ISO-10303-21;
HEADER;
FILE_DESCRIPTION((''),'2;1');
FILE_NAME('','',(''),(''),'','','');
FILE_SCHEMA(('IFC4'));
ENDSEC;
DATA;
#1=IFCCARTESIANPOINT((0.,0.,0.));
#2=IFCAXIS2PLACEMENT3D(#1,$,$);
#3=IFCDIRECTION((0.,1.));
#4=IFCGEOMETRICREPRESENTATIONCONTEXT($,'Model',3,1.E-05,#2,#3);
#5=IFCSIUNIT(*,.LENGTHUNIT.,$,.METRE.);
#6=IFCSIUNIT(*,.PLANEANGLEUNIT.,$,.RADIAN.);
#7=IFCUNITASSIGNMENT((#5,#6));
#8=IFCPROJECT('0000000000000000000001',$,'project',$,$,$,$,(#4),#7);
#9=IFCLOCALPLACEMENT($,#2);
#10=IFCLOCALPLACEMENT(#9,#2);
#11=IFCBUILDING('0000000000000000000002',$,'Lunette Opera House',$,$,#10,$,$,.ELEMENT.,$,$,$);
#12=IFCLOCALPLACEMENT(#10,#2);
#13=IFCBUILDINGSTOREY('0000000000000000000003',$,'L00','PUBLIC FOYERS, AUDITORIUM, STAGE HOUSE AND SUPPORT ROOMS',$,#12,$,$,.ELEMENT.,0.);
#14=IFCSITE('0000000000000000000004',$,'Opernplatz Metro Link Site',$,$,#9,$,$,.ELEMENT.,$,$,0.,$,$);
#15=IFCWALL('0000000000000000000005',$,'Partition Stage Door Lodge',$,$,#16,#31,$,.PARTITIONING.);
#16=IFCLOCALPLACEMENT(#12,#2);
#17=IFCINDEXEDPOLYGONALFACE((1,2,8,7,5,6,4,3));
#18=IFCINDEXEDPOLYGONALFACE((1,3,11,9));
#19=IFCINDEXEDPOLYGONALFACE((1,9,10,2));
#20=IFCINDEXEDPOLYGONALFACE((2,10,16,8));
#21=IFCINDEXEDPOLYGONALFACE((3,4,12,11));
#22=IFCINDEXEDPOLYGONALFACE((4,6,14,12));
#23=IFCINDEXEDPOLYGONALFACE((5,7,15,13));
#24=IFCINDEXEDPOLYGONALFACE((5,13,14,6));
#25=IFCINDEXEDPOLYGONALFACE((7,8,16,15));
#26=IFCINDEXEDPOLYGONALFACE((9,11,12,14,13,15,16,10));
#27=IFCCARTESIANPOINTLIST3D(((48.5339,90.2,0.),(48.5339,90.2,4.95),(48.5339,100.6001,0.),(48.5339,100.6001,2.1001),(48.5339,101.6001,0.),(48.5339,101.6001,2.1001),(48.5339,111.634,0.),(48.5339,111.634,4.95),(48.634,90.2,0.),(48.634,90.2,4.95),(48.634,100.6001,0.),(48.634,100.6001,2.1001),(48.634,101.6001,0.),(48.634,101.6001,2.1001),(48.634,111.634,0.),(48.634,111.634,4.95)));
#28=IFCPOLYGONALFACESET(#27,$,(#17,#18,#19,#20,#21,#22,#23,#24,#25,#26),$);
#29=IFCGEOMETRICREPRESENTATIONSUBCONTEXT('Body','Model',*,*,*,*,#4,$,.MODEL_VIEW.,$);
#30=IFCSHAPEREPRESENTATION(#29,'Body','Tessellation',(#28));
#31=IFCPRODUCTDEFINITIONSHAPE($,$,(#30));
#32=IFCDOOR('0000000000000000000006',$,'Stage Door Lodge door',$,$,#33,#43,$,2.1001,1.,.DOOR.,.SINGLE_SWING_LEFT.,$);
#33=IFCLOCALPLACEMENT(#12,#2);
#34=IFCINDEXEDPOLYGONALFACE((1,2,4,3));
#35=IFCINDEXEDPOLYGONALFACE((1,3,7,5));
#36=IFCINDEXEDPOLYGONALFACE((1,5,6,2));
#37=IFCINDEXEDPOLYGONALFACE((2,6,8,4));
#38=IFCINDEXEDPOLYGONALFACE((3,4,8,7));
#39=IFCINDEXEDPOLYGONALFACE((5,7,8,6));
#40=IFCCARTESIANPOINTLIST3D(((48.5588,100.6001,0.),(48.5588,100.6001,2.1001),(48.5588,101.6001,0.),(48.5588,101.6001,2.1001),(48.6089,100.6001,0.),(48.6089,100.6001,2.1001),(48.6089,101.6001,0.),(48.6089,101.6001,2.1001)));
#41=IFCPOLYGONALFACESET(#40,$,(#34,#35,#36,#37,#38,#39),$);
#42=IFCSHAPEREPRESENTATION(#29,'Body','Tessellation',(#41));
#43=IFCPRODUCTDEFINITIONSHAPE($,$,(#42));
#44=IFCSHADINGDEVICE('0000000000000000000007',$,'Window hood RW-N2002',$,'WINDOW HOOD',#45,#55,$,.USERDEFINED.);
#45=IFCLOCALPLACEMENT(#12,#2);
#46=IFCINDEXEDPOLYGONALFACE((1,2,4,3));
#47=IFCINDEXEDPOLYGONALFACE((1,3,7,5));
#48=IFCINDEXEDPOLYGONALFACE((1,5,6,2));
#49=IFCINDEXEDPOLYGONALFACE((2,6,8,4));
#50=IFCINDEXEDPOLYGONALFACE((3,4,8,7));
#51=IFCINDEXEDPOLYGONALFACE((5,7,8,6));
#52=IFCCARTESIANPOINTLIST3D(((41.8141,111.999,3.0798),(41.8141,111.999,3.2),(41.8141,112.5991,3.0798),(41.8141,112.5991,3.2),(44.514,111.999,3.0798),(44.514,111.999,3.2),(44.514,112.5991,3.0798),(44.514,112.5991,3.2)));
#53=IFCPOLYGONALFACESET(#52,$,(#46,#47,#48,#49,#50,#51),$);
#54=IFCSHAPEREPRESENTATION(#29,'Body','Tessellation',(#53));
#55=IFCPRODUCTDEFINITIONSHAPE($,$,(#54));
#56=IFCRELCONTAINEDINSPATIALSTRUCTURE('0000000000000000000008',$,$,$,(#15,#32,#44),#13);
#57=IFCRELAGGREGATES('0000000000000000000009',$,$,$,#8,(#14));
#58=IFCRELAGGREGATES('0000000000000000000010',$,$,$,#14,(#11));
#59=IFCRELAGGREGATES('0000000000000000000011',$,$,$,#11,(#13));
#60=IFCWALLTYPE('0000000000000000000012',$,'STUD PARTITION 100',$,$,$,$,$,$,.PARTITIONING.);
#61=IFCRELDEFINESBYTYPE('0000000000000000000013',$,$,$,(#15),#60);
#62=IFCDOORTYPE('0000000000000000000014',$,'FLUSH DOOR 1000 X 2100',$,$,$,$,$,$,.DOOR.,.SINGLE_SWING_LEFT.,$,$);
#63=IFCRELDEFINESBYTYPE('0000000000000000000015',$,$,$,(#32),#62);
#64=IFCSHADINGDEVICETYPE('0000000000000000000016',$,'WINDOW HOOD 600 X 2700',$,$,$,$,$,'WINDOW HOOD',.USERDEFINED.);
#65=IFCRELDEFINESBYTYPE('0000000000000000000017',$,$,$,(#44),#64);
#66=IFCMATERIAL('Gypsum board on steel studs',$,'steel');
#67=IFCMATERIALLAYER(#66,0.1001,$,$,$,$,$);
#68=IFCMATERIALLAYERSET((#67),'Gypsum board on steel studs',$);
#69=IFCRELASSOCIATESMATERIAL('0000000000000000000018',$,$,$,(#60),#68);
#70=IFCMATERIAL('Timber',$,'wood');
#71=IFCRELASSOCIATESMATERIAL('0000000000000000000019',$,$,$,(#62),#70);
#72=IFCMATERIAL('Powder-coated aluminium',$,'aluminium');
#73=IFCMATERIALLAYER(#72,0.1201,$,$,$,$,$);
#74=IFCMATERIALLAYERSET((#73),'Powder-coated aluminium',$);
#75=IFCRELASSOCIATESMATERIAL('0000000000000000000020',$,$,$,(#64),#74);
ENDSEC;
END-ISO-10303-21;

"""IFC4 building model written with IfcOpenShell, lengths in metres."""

from ifc_helpers import new_model, si_unit, direction, frame, frame_2d, origin, origin_2d, place, context, subcontext, project, spatial, rectangle, extrude, material, layer, layer_set, type_object, element, fill, save


model = new_model("IFC4")

# Units and contexts
model_context = context("Model", 3, precision=1e-05, world=origin(), true_north=direction((0.0, 1.0)))
body_context = subcontext(model_context, "Body", "Model", "MODEL_VIEW")
ifc_project = project(units=[si_unit("LENGTHUNIT", "METRE"), si_unit("PLANEANGLEUNIT", "RADIAN")], contexts=[model_context])

# Site, building, storey
site_placement = place(None, origin())
site = spatial("IfcSite", under=ifc_project, at=site_placement, Name="Opernplatz Metro Link Site", CompositionType="ELEMENT", RefElevation=0.0)
building_placement = place(site_placement, origin())
building = spatial("IfcBuilding", under=site, at=building_placement, Name="Lunette Opera House", CompositionType="ELEMENT")
storey_placement = place(building_placement, origin())
storey = spatial("IfcBuildingStorey", under=building, at=storey_placement, Name="L00", Description="PUBLIC FOYERS, AUDITORIUM, STAGE HOUSE AND SUPPORT ROOMS", CompositionType="ELEMENT", Elevation=0.0)

# Shared definitions
ifc_material_1 = material(Name="Gypsum board on steel studs", Category="steel")
ifc_layer_1 = layer(ifc_material_1, 0.1001)
ifc_layer_set_1 = layer_set([ifc_layer_1], Name="Gypsum board on steel studs")
wall_type_1 = type_object("IfcWallType", Name="STUD PARTITION 100", PredefinedType="PARTITIONING", material=ifc_layer_set_1)

# Wall, opening, door
wall_1_placement = place(storey_placement, frame((48.584, 111.634, 0.0), z_axis=(0.0, 0.0, 1.0), x_axis=(0.0, -1.0, 0.0)))
wall_1 = element("IfcWall", 1, at=wall_1_placement, inside=storey, type_object=wall_type_1, Name="Partition Stage Door Lodge", PredefinedType="PARTITIONING", context=body_context, shape_type="SweptSolid", body=[
    extrude(rectangle(XDim=21.4341, YDim=0.1001, at=frame_2d((10.717, 0.0))), origin(), (0.0, 0.0, 1.0), 4.95),
])
opening_1_placement = place(wall_1_placement, frame((10.0339, 0.0, 0.0)))
opening_1 = element("IfcOpeningElement", 2, at=opening_1_placement, cuts=wall_1, PredefinedType="OPENING", context=body_context, shape_type="SweptSolid", body=[
    extrude(rectangle(XDim=1.0, YDim=2.1001, at=frame_2d((0.5, 1.05))), frame((0.0, 0.062, 0.0), z_axis=(0.0, -1.0, 0.0), x_axis=(1.0, 0.0, 0.0)), (0.0, 0.0, 1.0), 0.124),
])
ifc_material_2 = material(Name="Timber", Category="wood")
door_type = type_object("IfcDoorType", Name="FLUSH DOOR 1000 X 2100", OperationType="SINGLE_SWING_LEFT", PredefinedType="DOOR", material=ifc_material_2)
door_placement = place(opening_1_placement, origin())
door = element("IfcDoor", 3, at=door_placement, inside=storey, type_object=door_type, Name="Stage Door Lodge door", OperationType="SINGLE_SWING_LEFT", OverallHeight=2.1001, OverallWidth=1.0, PredefinedType="DOOR", context=body_context, shape_type="SweptSolid", body=[
    extrude(rectangle(XDim=1.0, YDim=2.1001, at=frame_2d((0.5, 1.05))), frame((0.0, 0.0249, 0.0), z_axis=(0.0, -1.0, 0.0), x_axis=(1.0, 0.0, 0.0)), (0.0, 0.0, 1.0), 0.05),
])
fill(opening_1, door)

# Shading device
ifc_material_3 = material(Name="Powder-coated aluminium", Category="aluminium")
ifc_layer_2 = layer(ifc_material_3, 0.1201)
ifc_layer_set_2 = layer_set([ifc_layer_2], Name="Powder-coated aluminium")
shading_device_type = type_object("IfcShadingDeviceType", Name="WINDOW HOOD 600 X 2700", ElementType="WINDOW HOOD", PredefinedType="USERDEFINED", material=ifc_layer_set_2)
shading_device_placement = place(storey_placement, frame((43.1641, 112.2991, 3.0798), z_axis=(0.0, 0.0, 1.0), x_axis=(0.0, 1.0, 0.0)))
element("IfcShadingDevice", 4, at=shading_device_placement, inside=storey, type_object=shading_device_type, Name="Window hood RW-N2002", ObjectType="WINDOW HOOD", PredefinedType="USERDEFINED", context=body_context, shape_type="SweptSolid", body=[
    extrude(rectangle(XDim=0.6001, YDim=2.7, at=origin_2d()), origin(), (0.0, 0.0, 1.0), 0.1201),
])

save(model, "model.ifc")
